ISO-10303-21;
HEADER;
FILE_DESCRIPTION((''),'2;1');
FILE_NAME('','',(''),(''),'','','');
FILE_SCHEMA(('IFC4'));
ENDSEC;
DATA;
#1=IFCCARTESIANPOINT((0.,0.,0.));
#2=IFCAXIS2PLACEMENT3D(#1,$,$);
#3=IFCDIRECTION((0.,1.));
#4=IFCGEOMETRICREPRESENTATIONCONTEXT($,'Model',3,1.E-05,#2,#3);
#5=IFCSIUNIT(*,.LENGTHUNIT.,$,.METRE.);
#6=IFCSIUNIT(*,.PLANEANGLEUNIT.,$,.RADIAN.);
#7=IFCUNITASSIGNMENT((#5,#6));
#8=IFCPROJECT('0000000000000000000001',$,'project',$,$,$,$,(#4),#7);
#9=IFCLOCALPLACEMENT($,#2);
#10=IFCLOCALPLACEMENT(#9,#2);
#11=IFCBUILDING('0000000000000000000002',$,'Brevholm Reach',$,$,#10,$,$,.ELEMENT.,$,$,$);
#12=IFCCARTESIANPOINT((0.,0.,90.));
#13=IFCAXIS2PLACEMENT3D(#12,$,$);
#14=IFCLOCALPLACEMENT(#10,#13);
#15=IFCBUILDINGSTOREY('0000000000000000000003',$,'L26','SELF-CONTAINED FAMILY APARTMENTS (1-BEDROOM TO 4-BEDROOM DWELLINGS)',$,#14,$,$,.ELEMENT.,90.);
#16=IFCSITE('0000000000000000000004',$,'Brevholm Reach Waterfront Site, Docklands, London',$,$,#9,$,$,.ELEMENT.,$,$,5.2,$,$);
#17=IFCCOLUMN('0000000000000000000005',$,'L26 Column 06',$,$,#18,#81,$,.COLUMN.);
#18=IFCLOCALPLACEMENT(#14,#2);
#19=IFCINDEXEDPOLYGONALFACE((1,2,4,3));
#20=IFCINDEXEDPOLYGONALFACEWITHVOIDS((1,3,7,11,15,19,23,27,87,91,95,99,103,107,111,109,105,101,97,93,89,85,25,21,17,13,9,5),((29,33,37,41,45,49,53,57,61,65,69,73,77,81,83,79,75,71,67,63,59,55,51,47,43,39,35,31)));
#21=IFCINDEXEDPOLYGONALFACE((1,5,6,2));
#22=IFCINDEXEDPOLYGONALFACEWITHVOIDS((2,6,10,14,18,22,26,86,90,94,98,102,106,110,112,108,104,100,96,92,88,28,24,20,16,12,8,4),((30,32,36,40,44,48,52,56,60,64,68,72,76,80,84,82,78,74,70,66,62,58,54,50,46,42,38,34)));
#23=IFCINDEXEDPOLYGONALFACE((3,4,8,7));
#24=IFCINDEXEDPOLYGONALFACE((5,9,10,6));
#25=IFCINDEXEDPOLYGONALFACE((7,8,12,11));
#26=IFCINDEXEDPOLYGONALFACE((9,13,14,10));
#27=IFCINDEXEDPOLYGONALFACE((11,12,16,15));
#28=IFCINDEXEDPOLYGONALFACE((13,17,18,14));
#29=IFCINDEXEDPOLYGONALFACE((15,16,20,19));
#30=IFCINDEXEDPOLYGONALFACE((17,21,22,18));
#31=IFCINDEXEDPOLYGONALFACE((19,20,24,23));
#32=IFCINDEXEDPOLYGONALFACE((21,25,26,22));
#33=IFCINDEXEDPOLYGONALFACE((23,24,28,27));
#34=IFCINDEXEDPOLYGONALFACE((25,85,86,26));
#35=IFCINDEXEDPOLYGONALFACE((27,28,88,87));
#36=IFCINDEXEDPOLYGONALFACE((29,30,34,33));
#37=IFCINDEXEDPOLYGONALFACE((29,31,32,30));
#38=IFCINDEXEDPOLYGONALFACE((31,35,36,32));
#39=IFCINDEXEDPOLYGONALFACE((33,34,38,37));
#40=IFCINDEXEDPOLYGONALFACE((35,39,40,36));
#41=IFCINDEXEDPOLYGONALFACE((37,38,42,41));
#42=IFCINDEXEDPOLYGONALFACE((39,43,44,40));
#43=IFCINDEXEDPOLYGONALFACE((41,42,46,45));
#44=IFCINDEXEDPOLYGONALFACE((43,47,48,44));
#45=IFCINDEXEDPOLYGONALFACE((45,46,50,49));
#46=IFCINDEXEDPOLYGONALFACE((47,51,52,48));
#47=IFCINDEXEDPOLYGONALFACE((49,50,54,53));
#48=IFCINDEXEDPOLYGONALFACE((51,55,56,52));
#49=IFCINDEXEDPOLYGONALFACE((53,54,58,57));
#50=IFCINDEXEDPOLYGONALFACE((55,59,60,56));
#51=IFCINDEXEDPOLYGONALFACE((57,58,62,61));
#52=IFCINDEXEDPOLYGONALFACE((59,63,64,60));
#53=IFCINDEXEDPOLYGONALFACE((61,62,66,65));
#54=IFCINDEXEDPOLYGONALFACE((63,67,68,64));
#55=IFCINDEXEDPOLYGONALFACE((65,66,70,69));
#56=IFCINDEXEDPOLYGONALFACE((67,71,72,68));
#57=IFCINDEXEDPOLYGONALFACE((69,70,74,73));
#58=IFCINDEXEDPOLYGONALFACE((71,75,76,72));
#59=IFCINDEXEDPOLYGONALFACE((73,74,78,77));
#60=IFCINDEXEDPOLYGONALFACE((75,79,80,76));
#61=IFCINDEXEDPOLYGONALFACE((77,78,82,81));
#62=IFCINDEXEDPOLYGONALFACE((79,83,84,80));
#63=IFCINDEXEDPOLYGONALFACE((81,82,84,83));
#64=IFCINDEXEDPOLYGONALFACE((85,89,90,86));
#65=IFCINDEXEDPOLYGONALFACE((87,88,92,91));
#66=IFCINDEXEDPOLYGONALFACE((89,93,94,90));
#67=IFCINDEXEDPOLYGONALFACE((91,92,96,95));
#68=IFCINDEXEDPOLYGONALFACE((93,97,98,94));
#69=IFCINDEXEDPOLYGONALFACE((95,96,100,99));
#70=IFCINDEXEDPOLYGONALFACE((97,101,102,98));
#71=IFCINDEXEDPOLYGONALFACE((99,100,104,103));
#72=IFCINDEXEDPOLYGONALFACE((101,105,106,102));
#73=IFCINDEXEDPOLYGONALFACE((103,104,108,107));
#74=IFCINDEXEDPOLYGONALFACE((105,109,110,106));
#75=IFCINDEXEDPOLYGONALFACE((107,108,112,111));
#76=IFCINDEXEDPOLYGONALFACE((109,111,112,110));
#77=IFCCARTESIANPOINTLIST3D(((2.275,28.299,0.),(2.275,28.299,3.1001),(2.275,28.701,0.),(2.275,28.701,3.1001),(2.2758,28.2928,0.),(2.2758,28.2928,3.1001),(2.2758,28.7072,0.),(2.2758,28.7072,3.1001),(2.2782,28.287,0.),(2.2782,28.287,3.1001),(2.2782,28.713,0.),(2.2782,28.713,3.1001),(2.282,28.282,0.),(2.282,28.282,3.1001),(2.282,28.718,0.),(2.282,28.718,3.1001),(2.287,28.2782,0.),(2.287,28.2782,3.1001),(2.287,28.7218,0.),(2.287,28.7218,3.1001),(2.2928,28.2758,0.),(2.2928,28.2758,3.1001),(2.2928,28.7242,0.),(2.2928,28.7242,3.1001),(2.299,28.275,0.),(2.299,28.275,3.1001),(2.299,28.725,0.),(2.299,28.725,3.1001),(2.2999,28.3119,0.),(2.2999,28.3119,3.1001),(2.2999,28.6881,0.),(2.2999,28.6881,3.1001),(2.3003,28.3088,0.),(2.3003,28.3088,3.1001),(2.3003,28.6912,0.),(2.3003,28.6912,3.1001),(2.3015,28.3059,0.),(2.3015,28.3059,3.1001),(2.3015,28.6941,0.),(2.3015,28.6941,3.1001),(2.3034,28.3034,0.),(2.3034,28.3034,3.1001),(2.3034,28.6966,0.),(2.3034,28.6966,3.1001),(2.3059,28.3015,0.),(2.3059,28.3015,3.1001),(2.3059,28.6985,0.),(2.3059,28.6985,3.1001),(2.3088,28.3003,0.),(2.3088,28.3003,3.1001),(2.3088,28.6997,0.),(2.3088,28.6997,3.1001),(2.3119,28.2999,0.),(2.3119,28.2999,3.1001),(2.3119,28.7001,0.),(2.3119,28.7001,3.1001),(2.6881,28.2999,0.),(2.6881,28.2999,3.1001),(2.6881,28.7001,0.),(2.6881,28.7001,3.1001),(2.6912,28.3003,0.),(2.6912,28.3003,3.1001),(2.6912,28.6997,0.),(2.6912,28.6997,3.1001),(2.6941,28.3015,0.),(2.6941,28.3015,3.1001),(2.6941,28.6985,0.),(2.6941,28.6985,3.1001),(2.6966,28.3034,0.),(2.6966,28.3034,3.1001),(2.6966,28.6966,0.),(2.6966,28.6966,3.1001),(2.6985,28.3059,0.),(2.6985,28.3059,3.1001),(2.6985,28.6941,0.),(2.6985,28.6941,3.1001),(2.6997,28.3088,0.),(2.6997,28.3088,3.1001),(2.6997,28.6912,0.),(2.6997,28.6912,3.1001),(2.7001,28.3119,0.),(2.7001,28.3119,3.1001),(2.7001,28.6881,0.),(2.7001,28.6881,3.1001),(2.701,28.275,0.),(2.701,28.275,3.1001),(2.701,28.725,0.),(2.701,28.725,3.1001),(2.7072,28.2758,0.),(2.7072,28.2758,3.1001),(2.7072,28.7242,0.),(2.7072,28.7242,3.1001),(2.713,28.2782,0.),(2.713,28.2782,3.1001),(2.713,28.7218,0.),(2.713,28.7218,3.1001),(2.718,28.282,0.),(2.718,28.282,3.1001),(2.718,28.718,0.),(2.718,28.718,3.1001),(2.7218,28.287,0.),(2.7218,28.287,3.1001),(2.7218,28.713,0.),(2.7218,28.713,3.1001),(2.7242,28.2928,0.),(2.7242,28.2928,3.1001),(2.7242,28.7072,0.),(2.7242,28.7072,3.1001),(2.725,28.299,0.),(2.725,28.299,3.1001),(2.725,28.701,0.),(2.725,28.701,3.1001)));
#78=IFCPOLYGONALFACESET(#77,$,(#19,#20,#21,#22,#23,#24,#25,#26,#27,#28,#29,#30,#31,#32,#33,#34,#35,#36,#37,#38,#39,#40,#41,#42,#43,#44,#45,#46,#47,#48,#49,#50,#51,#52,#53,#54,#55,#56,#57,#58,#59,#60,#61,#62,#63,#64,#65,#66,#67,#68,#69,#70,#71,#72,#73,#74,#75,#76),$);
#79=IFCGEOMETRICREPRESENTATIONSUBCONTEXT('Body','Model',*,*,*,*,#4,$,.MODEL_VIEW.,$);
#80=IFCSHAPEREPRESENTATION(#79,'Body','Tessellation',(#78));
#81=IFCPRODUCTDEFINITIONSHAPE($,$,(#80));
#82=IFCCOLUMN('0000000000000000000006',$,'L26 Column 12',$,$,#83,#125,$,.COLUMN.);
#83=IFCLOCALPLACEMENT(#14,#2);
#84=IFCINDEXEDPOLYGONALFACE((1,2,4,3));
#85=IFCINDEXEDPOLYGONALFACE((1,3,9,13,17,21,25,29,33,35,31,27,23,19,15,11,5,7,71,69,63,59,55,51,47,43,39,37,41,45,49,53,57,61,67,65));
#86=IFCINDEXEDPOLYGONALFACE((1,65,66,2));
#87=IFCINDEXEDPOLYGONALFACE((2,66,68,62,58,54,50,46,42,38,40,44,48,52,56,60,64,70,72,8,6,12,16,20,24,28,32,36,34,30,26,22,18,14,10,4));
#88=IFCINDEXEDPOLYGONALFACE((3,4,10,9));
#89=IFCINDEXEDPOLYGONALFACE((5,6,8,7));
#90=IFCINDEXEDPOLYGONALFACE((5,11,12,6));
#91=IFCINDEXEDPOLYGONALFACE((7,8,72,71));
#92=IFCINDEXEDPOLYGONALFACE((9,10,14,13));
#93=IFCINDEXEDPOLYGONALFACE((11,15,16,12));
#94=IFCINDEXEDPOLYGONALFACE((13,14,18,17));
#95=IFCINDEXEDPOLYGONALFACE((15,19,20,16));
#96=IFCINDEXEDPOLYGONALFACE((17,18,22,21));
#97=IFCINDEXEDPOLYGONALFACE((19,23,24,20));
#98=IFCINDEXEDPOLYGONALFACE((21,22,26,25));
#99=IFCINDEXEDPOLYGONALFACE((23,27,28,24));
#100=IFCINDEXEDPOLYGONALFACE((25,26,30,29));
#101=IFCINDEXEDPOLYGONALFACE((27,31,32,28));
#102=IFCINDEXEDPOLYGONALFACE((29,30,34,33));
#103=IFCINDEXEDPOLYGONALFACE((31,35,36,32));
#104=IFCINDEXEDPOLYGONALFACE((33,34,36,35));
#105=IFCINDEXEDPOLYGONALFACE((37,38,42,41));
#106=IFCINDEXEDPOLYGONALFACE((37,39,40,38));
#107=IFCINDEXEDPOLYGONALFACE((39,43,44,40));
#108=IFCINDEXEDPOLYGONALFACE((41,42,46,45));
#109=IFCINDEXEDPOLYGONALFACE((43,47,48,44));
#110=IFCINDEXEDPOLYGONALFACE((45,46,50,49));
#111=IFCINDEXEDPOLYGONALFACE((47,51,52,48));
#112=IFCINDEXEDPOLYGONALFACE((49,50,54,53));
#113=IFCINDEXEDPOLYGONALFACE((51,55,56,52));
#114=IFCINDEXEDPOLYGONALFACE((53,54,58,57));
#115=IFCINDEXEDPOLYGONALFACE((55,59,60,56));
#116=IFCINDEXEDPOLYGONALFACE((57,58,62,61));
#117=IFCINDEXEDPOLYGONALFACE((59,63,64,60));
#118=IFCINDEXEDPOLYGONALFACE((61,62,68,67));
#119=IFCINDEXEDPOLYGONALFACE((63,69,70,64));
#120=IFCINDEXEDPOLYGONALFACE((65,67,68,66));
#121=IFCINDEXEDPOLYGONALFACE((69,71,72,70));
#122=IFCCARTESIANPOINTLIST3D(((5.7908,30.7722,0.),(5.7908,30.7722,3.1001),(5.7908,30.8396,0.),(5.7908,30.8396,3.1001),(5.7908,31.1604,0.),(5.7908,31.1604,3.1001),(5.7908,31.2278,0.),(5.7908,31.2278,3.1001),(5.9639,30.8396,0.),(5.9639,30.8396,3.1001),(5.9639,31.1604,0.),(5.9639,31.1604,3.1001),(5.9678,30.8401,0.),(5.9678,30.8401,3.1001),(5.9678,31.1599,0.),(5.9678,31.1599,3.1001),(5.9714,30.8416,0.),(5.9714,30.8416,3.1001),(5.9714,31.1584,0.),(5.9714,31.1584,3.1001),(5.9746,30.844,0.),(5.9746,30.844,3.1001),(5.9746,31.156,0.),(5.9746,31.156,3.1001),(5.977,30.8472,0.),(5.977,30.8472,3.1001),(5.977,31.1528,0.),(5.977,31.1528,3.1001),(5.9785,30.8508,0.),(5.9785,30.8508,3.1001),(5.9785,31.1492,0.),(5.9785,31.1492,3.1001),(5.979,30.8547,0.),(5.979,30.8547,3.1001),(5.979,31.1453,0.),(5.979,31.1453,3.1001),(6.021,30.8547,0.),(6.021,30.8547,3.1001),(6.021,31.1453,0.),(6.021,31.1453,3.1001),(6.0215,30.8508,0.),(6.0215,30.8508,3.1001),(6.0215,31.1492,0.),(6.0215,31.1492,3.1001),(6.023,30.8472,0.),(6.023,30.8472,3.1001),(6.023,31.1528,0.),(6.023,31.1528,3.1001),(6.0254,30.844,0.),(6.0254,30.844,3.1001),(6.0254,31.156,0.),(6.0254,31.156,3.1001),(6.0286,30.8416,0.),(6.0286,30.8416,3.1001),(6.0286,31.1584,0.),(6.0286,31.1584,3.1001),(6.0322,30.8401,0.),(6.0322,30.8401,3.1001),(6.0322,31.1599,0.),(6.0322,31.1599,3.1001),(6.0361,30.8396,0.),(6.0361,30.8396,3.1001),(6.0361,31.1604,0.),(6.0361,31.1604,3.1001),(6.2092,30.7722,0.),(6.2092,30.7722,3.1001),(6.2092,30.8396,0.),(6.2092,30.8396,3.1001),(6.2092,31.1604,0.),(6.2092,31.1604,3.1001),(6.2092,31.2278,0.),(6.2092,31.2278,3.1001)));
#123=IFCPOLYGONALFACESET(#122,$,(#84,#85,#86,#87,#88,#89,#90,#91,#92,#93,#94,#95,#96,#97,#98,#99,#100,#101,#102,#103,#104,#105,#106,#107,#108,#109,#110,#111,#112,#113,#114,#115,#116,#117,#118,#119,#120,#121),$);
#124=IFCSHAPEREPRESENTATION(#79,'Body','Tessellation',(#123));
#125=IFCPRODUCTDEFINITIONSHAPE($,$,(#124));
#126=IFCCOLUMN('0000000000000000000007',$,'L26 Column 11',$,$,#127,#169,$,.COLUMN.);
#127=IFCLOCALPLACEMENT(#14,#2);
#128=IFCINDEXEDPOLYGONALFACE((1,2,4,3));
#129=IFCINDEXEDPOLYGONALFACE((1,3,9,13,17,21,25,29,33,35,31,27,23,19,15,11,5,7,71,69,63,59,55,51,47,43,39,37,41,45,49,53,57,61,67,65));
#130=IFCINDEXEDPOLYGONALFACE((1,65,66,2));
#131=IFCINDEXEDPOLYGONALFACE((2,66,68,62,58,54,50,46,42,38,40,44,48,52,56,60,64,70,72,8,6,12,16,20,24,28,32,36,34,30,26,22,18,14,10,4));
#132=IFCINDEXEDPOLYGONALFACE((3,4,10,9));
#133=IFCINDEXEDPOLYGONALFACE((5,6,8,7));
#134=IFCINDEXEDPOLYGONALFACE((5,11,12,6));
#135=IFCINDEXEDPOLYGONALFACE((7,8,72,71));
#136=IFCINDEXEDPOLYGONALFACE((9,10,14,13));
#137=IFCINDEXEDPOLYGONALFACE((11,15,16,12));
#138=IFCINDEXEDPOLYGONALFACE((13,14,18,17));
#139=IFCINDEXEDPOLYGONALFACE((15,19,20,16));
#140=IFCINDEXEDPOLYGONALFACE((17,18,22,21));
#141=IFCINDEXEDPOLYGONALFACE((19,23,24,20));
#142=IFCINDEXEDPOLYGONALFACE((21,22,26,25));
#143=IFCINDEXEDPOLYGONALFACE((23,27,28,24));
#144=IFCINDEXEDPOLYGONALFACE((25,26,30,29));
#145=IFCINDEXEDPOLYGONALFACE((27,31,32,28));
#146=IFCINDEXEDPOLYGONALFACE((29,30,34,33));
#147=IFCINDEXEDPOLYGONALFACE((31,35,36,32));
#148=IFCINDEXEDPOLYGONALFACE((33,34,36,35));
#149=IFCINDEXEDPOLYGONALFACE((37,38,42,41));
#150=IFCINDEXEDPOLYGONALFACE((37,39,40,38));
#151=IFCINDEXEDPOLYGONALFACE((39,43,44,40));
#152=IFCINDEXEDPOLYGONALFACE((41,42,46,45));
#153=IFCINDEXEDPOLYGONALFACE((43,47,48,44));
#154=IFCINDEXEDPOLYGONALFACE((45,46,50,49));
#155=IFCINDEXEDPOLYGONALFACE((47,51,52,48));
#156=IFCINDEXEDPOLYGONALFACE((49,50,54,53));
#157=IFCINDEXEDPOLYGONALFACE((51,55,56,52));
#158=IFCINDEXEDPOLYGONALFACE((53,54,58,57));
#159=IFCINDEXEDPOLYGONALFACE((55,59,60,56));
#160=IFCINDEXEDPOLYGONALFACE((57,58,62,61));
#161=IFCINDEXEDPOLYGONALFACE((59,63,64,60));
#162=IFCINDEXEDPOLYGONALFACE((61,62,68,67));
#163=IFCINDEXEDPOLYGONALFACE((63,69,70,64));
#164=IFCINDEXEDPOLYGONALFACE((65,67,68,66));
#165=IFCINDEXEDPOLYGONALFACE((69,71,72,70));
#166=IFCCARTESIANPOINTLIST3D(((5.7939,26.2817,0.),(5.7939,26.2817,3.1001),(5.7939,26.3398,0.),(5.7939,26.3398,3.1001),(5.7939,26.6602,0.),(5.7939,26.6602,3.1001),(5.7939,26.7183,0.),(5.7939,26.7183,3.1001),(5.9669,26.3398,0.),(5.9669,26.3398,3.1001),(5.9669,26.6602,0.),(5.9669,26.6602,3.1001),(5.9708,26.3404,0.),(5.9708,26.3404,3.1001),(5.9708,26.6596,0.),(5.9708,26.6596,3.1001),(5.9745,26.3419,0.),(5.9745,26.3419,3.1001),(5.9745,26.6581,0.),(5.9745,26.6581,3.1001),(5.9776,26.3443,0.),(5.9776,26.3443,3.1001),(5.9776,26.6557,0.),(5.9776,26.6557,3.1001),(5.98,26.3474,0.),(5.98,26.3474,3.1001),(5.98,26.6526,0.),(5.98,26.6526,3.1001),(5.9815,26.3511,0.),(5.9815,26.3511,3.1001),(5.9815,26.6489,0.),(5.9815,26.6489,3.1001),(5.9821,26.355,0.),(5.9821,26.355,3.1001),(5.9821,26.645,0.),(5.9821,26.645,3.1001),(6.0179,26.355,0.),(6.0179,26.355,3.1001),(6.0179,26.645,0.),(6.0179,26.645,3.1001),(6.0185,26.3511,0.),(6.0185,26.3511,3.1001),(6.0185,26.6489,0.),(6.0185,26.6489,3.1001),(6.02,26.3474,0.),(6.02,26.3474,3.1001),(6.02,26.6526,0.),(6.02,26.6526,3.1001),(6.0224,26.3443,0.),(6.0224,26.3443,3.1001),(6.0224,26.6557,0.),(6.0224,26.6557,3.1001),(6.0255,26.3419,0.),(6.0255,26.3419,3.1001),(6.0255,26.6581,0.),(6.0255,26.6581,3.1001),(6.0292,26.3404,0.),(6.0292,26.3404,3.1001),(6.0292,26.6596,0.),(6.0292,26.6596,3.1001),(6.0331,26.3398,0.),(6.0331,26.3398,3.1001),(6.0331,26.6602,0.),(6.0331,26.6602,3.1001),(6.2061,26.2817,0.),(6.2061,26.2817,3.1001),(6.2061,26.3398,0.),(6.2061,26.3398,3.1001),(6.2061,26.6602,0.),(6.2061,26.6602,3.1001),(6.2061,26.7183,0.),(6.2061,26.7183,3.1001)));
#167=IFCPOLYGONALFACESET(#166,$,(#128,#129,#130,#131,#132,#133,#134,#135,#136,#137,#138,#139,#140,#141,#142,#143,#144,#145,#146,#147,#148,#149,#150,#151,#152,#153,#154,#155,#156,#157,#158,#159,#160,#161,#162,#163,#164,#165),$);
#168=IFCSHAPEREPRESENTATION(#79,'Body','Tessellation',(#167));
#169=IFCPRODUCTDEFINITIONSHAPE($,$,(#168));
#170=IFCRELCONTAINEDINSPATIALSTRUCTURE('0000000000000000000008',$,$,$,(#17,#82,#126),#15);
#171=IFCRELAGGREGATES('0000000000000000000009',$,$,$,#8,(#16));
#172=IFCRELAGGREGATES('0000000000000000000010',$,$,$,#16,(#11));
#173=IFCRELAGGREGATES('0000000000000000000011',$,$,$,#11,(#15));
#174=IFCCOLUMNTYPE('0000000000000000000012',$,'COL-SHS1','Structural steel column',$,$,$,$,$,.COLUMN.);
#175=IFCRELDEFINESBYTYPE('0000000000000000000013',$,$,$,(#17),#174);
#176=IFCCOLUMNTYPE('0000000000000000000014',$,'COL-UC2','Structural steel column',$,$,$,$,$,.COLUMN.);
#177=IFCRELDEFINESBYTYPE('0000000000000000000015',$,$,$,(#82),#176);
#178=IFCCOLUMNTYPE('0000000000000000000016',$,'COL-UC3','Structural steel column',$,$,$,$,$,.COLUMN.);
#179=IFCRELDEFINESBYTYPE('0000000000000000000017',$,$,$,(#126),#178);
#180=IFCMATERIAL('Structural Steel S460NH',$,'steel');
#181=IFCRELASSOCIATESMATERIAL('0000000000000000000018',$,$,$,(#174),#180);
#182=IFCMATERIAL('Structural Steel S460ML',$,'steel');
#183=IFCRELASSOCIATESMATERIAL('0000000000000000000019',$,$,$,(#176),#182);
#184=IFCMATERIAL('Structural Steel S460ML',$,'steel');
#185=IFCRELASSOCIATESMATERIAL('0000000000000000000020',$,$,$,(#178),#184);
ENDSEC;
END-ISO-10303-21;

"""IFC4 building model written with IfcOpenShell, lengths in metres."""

from ifc_helpers import new_model, si_unit, direction, frame, origin, origin_2d, place, context, subcontext, project, spatial, hollow_rectangle, i_section, extrude, material, material_profile, profile_set, type_object, element, save


model = new_model("IFC4")

# Units and contexts
model_context = context("Model", 3, precision=1e-05, world=origin(), true_north=direction((0.0, 1.0)))
body_context = subcontext(model_context, "Body", "Model", "MODEL_VIEW")
ifc_project = project(units=[si_unit("LENGTHUNIT", "METRE"), si_unit("PLANEANGLEUNIT", "RADIAN")], contexts=[model_context])

# Site, building, storey
site_placement = place(None, origin())
site = spatial("IfcSite", under=ifc_project, at=site_placement, Name="Brevholm Reach Waterfront Site, Docklands, London", CompositionType="ELEMENT", RefElevation=5.2)
building_placement = place(site_placement, origin())
building = spatial("IfcBuilding", under=site, at=building_placement, Name="Brevholm Reach", CompositionType="ELEMENT")
storey_placement = place(building_placement, frame((0.0, 0.0, 90.0)))
storey = spatial("IfcBuildingStorey", under=building, at=storey_placement, Name="L26", Description="SELF-CONTAINED FAMILY APARTMENTS (1-BEDROOM TO 4-BEDROOM DWELLINGS)", CompositionType="ELEMENT", Elevation=90.0)

# Columns
ifc_material_1 = material(Name="Structural Steel S460NH", Category="steel")
ifc_material_profile_1 = material_profile(ifc_material_1, hollow_rectangle(XDim=0.45, YDim=0.45, WallThickness=0.0249, InnerFilletRadius=0.012, OuterFilletRadius=0.0239, at=origin_2d()), Name="SHS 450x450x25")
ifc_profile_set_1 = profile_set([ifc_material_profile_1], Name="Structural Steel S460NH")
column_type_1 = type_object("IfcColumnType", Name="COL-SHS1", Description="Structural steel column", PredefinedType="COLUMN", material=ifc_profile_set_1)
column_1_placement = place(storey_placement, frame((2.5, 28.5, 0.0), z_axis=(0.0, 0.0, 1.0), x_axis=(1.0, 0.0, 0.0)))
element("IfcColumn", 1, at=column_1_placement, inside=storey, type_object=column_type_1, Name="L26 Column 06", PredefinedType="COLUMN", context=body_context, shape_type="SweptSolid", body=[
    extrude(hollow_rectangle(XDim=0.45, YDim=0.45, WallThickness=0.0249, InnerFilletRadius=0.012, OuterFilletRadius=0.0239, at=origin_2d()), origin(), (0.0, 0.0, 1.0), 3.1001),
])
ifc_material_2 = material(Name="Structural Steel S460ML", Category="steel")
ifc_material_profile_2 = material_profile(ifc_material_2, i_section(OverallWidth=0.4185, OverallDepth=0.4556, WebThickness=0.042, FlangeThickness=0.0674, FilletRadius=0.0151, at=origin_2d()), Name="UKC 356x406x551")
ifc_profile_set_2 = profile_set([ifc_material_profile_2], Name="Structural Steel S460ML")
column_type_2 = type_object("IfcColumnType", Name="COL-UC2", Description="Structural steel column", PredefinedType="COLUMN", material=ifc_profile_set_2)
column_2_placement = place(storey_placement, frame((6.0, 31.0, 0.0), z_axis=(0.0, 0.0, 1.0), x_axis=(1.0, 0.0, 0.0)))
element("IfcColumn", 2, at=column_2_placement, inside=storey, type_object=column_type_2, Name="L26 Column 12", PredefinedType="COLUMN", context=body_context, shape_type="SweptSolid", body=[
    extrude(i_section(OverallWidth=0.4185, OverallDepth=0.4556, WebThickness=0.042, FlangeThickness=0.0674, FilletRadius=0.0151, at=origin_2d()), origin(), (0.0, 0.0, 1.0), 3.1001),
])
ifc_material_3 = material(Name="Structural Steel S460ML", Category="steel")
ifc_material_profile_3 = material_profile(ifc_material_3, i_section(OverallWidth=0.4121, OverallDepth=0.4365, WebThickness=0.0359, FlangeThickness=0.0581, FilletRadius=0.0151, at=origin_2d()), Name="UKC 356x406x467")
ifc_profile_set_3 = profile_set([ifc_material_profile_3], Name="Structural Steel S460ML")
column_type_3 = type_object("IfcColumnType", Name="COL-UC3", Description="Structural steel column", PredefinedType="COLUMN", material=ifc_profile_set_3)
column_3_placement = place(storey_placement, frame((6.0, 26.5, 0.0), z_axis=(0.0, 0.0, 1.0), x_axis=(1.0, 0.0, 0.0)))
element("IfcColumn", 3, at=column_3_placement, inside=storey, type_object=column_type_3, Name="L26 Column 11", PredefinedType="COLUMN", context=body_context, shape_type="SweptSolid", body=[
    extrude(i_section(OverallWidth=0.4121, OverallDepth=0.4365, WebThickness=0.0359, FlangeThickness=0.0581, FilletRadius=0.0151, at=origin_2d()), origin(), (0.0, 0.0, 1.0), 3.1001),
])

save(model, "model.ifc")
